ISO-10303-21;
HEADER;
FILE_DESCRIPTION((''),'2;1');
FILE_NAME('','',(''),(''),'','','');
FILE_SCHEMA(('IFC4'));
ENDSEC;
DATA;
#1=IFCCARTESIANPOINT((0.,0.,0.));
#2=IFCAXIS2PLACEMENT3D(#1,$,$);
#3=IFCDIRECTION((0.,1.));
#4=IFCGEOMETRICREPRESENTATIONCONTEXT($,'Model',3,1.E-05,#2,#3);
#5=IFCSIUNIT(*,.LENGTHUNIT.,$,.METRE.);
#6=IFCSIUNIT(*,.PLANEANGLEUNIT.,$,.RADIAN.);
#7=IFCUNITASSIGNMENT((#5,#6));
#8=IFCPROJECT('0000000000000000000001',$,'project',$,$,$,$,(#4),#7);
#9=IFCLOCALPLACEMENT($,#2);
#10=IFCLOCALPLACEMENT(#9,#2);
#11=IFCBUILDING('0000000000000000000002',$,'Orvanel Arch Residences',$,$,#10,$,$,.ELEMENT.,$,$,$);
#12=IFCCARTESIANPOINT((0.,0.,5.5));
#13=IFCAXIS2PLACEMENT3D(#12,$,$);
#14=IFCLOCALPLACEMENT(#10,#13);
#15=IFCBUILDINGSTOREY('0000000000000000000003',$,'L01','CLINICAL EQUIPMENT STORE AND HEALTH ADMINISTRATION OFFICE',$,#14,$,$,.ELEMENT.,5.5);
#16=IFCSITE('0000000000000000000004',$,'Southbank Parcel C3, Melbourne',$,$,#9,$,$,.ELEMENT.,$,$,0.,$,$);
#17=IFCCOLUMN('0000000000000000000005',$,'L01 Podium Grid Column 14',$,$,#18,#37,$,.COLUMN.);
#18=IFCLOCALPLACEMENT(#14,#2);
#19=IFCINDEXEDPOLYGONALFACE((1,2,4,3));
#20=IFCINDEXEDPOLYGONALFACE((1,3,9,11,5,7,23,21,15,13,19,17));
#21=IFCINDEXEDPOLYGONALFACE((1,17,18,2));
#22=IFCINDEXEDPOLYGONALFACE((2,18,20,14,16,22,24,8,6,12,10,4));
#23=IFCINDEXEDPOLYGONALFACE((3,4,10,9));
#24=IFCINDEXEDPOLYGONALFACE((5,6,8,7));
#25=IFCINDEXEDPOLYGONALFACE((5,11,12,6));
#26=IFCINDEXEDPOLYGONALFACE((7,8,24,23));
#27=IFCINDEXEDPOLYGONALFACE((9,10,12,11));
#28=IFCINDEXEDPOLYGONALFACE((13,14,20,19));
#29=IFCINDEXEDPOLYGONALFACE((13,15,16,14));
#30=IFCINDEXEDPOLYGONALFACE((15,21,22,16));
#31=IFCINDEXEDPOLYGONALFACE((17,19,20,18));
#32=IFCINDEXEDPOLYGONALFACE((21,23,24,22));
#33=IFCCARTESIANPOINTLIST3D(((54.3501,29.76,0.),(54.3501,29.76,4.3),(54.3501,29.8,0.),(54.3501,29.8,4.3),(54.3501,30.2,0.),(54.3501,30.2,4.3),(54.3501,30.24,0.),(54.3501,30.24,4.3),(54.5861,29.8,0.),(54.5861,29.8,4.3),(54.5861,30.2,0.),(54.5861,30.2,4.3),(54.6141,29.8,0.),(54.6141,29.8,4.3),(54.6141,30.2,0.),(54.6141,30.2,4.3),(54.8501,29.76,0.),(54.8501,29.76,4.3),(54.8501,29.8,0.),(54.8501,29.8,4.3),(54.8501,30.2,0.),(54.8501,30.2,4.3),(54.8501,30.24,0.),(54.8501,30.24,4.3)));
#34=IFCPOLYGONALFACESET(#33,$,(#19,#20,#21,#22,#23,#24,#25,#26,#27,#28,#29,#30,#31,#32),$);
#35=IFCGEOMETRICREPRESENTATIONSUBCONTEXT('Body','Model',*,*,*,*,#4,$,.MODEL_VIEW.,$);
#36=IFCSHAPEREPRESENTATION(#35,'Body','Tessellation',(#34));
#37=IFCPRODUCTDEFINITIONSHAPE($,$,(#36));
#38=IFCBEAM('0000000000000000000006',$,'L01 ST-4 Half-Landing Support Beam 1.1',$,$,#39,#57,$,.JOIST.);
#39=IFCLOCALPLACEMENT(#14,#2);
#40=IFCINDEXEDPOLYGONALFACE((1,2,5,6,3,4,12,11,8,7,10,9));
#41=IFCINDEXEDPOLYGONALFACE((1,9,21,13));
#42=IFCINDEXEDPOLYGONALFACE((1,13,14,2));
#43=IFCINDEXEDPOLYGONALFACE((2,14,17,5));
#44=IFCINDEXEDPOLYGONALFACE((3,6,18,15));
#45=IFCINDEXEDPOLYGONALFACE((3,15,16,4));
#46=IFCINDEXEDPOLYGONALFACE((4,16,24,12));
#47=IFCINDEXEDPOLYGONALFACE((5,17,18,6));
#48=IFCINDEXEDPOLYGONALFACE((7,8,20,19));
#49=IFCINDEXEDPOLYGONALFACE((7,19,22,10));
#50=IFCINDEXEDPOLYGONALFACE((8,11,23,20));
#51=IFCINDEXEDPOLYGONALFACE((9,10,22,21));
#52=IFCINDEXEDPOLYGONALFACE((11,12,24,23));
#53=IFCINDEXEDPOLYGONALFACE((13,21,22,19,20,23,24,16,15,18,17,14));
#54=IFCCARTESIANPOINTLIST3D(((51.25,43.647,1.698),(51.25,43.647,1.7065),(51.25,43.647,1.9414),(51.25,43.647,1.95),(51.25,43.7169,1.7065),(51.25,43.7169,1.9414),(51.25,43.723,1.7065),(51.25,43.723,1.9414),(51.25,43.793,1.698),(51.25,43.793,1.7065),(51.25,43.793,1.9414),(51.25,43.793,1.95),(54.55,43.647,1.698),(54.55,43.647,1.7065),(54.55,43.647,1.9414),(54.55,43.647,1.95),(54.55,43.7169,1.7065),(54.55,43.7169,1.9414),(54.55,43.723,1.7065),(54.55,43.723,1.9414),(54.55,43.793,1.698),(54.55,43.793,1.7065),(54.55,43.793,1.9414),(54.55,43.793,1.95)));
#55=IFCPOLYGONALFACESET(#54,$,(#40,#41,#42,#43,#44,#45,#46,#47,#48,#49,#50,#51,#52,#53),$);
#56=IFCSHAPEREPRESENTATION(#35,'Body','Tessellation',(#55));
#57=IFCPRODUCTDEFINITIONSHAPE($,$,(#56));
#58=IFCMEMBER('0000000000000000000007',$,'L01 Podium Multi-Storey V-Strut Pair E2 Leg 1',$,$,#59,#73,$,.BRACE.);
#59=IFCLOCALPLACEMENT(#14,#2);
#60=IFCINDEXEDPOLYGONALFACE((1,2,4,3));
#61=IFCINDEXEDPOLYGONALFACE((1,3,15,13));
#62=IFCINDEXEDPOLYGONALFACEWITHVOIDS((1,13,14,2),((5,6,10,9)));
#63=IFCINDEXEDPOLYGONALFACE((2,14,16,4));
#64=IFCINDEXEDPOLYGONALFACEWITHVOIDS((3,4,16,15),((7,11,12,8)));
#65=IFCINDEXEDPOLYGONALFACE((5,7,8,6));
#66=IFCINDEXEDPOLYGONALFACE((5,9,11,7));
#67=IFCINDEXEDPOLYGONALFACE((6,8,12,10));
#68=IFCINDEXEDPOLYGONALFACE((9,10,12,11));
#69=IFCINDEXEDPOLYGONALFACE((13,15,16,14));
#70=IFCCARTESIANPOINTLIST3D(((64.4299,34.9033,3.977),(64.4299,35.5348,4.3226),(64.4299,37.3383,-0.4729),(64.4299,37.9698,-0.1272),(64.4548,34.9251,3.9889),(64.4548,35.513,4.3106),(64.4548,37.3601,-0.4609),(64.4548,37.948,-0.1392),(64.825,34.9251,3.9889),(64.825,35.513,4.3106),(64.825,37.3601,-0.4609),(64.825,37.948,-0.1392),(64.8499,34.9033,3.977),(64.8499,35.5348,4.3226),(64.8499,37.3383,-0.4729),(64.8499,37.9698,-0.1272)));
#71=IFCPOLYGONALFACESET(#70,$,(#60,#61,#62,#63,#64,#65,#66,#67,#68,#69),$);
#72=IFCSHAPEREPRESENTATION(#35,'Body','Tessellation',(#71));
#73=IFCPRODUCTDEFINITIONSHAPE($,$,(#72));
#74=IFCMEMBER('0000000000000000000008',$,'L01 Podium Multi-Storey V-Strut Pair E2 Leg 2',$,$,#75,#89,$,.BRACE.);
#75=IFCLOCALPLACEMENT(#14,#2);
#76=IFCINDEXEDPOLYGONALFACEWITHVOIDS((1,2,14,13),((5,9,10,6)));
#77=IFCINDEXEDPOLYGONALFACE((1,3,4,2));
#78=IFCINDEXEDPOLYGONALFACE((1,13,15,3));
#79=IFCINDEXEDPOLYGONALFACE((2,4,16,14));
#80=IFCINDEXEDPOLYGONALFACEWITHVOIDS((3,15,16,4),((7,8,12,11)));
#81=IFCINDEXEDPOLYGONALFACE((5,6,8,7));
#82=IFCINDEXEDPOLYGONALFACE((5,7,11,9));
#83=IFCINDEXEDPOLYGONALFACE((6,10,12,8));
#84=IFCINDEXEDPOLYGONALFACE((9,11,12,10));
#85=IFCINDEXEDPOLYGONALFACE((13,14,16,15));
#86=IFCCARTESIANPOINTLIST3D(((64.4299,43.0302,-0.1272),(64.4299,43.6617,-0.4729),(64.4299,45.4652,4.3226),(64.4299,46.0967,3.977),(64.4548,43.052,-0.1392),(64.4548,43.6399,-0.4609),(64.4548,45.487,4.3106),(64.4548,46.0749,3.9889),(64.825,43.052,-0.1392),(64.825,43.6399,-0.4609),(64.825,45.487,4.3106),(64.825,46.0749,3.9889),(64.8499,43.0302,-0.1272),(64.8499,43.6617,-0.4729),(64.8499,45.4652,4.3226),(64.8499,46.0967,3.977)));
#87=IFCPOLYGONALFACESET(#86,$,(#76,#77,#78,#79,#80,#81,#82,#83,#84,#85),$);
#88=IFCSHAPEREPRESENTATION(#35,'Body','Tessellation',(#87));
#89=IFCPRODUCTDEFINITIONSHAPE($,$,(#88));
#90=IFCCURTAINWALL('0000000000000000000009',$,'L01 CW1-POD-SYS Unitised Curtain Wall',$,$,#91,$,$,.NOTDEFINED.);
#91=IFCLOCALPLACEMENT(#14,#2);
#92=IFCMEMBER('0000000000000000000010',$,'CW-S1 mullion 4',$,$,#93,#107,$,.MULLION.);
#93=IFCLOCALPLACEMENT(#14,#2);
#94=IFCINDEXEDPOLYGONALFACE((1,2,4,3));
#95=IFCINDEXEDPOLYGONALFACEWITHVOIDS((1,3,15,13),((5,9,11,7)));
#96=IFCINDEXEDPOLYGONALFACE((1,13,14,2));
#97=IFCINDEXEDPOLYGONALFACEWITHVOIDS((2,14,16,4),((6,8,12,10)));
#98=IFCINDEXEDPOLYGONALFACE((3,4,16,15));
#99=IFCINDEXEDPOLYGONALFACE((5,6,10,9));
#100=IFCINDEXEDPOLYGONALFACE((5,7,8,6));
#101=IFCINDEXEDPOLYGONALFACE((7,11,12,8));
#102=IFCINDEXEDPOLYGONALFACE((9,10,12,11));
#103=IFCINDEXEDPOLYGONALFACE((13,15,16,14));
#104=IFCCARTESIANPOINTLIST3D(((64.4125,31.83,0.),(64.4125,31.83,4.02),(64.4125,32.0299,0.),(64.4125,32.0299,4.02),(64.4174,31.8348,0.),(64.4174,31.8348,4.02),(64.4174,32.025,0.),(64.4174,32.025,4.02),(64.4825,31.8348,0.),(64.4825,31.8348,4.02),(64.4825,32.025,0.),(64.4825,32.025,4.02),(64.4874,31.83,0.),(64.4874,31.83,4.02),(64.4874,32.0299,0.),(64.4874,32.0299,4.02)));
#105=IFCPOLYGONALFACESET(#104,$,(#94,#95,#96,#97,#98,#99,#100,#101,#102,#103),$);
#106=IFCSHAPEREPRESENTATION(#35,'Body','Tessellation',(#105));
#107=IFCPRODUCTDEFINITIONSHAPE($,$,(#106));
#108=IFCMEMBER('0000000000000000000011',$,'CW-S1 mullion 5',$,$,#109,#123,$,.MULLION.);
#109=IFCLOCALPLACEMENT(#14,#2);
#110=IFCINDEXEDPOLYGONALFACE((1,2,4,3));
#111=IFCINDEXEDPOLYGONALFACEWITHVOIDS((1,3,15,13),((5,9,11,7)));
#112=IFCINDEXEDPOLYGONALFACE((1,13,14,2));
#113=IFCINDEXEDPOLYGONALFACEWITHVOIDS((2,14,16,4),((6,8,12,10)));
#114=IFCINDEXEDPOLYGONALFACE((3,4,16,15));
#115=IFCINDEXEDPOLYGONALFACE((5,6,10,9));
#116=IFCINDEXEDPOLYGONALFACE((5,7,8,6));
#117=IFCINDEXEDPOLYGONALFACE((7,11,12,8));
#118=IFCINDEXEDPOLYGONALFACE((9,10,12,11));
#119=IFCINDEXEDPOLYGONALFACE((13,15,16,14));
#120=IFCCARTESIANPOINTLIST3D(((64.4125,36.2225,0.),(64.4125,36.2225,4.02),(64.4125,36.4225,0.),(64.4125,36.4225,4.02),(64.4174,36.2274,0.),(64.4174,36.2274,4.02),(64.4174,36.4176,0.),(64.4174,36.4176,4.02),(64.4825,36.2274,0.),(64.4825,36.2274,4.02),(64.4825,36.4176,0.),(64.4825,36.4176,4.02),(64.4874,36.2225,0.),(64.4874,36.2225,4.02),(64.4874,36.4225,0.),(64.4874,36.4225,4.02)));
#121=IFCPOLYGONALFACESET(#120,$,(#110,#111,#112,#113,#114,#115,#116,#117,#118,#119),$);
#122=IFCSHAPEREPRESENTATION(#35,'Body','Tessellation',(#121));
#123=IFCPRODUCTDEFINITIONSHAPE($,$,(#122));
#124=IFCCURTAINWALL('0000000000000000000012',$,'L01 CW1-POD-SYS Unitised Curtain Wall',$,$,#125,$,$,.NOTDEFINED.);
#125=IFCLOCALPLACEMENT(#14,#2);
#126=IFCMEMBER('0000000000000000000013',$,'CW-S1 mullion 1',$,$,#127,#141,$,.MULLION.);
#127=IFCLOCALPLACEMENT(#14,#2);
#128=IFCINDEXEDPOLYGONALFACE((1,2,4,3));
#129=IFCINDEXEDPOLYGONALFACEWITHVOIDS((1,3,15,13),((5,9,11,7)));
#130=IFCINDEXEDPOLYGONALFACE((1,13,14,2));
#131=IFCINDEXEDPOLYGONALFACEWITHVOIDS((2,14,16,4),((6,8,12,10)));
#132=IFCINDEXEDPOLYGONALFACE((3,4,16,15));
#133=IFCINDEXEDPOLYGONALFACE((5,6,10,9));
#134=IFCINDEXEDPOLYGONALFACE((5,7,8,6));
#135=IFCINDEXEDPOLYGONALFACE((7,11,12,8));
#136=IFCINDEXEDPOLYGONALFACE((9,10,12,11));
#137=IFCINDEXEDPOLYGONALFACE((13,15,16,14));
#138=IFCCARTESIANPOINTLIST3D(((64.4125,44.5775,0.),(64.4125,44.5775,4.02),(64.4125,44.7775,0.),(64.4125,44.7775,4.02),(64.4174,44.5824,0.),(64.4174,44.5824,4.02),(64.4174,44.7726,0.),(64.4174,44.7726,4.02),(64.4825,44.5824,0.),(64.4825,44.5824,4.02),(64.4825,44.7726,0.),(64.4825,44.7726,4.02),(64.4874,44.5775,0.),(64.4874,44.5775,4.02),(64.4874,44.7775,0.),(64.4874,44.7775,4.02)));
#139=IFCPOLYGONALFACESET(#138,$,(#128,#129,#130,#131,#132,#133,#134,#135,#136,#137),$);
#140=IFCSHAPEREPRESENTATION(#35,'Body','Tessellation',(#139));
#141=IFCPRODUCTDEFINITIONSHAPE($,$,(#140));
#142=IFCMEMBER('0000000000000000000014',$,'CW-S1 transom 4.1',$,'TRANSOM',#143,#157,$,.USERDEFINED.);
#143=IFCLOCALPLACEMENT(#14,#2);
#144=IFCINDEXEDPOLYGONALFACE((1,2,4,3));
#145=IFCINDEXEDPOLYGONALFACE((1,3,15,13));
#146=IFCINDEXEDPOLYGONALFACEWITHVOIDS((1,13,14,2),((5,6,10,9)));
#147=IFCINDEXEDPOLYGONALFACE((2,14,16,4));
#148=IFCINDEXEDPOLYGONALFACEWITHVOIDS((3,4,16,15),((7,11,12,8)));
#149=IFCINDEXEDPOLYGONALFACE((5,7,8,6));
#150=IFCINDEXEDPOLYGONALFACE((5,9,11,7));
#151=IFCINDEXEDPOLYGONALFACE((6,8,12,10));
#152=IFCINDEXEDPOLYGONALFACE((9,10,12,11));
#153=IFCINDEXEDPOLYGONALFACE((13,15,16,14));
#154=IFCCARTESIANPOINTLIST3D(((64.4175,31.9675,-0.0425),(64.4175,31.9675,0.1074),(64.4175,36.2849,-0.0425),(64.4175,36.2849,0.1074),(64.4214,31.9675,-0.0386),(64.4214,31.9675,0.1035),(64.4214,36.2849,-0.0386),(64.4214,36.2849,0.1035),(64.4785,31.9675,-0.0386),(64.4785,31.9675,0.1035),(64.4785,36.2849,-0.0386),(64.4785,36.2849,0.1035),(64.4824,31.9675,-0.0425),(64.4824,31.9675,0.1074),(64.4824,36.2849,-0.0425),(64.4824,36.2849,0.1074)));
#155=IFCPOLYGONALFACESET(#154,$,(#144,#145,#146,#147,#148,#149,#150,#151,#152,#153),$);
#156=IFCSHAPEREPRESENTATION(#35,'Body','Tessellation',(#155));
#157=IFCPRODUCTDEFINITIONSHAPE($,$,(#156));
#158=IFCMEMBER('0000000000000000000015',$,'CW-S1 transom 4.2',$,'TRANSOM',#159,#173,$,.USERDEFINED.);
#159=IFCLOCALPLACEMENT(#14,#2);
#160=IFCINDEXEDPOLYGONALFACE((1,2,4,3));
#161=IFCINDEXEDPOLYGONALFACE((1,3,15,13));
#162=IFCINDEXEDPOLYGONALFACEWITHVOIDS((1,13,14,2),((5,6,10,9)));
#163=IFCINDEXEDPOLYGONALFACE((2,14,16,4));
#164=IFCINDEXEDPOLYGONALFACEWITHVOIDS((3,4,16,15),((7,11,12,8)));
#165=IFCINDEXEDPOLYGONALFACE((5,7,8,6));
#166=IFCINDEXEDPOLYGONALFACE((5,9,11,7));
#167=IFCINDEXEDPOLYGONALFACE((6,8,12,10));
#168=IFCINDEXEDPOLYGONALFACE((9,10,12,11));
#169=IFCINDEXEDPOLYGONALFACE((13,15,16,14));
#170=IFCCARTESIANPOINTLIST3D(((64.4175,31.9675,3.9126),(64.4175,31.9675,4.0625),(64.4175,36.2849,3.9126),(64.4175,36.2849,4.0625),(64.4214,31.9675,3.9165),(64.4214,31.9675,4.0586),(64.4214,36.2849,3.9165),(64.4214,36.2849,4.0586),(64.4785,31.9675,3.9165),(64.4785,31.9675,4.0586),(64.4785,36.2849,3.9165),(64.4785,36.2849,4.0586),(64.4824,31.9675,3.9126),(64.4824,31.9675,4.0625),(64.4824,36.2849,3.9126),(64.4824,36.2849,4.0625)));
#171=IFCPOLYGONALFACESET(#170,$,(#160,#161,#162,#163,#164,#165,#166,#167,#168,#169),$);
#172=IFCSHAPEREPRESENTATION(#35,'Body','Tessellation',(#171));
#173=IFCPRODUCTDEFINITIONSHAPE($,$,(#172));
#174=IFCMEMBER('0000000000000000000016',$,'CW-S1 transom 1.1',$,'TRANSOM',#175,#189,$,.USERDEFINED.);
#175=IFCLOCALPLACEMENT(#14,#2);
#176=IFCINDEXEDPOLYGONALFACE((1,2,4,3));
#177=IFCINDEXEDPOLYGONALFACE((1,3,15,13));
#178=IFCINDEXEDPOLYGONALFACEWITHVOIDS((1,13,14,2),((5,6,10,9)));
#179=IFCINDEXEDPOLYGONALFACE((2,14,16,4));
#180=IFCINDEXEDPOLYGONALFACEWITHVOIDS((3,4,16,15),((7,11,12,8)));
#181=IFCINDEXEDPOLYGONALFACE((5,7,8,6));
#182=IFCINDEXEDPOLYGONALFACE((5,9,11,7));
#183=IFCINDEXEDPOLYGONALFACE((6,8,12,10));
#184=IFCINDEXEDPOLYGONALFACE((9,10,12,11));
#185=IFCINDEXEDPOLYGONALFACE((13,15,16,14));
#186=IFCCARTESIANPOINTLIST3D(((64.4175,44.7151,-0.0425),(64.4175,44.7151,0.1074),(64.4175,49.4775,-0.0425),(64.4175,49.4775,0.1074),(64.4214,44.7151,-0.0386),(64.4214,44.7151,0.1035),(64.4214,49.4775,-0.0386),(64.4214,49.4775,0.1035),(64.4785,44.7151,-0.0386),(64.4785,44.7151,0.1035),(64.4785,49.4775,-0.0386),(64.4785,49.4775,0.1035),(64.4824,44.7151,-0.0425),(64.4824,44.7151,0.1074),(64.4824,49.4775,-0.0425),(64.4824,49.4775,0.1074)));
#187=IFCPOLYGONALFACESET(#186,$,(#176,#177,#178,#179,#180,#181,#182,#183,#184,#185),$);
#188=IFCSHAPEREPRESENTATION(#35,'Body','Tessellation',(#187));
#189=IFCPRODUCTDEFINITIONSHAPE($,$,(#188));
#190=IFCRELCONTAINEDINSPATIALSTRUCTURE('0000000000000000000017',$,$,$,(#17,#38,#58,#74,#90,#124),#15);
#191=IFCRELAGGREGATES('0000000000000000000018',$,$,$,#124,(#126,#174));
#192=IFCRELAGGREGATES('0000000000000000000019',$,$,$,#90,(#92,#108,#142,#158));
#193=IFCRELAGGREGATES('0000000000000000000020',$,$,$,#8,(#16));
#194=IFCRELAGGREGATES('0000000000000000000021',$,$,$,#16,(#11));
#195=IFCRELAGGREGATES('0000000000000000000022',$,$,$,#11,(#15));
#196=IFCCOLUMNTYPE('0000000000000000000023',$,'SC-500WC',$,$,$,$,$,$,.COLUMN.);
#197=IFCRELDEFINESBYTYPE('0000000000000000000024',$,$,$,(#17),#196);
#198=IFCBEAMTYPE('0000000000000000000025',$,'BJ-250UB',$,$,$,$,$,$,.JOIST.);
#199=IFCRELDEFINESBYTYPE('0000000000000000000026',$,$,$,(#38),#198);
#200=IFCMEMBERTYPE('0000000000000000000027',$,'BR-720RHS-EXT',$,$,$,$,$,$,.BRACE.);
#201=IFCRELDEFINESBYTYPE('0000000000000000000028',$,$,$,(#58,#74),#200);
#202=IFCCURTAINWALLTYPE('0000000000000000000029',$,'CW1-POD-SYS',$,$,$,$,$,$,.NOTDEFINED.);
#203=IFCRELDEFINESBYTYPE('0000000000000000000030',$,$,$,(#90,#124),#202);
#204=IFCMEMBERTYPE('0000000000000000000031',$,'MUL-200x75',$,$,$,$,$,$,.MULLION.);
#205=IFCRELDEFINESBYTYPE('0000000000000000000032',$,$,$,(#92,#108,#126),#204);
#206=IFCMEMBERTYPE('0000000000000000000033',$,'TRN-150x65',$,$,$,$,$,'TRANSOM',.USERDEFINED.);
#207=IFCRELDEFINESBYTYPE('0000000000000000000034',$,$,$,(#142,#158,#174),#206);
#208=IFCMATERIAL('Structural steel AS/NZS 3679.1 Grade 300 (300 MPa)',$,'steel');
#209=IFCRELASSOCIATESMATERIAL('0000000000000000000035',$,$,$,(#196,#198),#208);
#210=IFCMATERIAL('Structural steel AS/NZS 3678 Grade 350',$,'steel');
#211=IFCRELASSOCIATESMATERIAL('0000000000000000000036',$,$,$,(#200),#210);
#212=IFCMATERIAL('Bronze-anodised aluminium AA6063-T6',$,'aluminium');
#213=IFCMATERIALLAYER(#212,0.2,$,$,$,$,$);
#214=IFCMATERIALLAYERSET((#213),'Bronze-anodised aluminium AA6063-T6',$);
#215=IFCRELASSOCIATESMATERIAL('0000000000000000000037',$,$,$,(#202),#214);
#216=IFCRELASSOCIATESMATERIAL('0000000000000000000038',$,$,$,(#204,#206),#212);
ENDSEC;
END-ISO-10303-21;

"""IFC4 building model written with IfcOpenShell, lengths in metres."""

from ifc_helpers import new_model, si_unit, direction, frame, origin, origin_2d, place, context, subcontext, project, spatial, hollow_rectangle, i_section, extrude, material, layer, layer_set, material_profile, profile_set, type_object, element, aggregate, save


model = new_model("IFC4")

# Units and contexts
model_context = context("Model", 3, precision=1e-05, world=origin(), true_north=direction((0.0, 1.0)))
body_context = subcontext(model_context, "Body", "Model", "MODEL_VIEW")
ifc_project = project(units=[si_unit("LENGTHUNIT", "METRE"), si_unit("PLANEANGLEUNIT", "RADIAN")], contexts=[model_context])

# Site, building, storey
site_placement = place(None, origin())
site = spatial("IfcSite", under=ifc_project, at=site_placement, Name="Southbank Parcel C3, Melbourne", CompositionType="ELEMENT", RefElevation=0.0)
building_placement = place(site_placement, origin())
building = spatial("IfcBuilding", under=site, at=building_placement, Name="Orvanel Arch Residences", CompositionType="ELEMENT")
storey_placement = place(building_placement, frame((0.0, 0.0, 5.5)))
storey = spatial("IfcBuildingStorey", under=building, at=storey_placement, Name="L01", Description="CLINICAL EQUIPMENT STORE AND HEALTH ADMINISTRATION OFFICE", CompositionType="ELEMENT", Elevation=5.5)

# Column
ifc_material_1 = material(Name="Structural steel AS/NZS 3679.1 Grade 300 (300 MPa)", Category="steel")
ifc_material_profile_1 = material_profile(ifc_material_1, i_section(OverallWidth=0.5, OverallDepth=0.48, WebThickness=0.0281, FlangeThickness=0.04, at=origin_2d()), Name="500WC440")
ifc_profile_set_1 = profile_set([ifc_material_profile_1], Name="Structural steel AS/NZS 3679.1 Grade 300 (300 MPa)")
column_type = type_object("IfcColumnType", Name="SC-500WC", PredefinedType="COLUMN", material=ifc_profile_set_1)
column_placement = place(storey_placement, frame((54.6001, 30.0, 0.0), z_axis=(0.0, 0.0, 1.0), x_axis=(1.0, 0.0, 0.0)))
element("IfcColumn", 1, at=column_placement, inside=storey, type_object=column_type, Name="L01 Podium Grid Column 14", PredefinedType="COLUMN", context=body_context, shape_type="SweptSolid", body=[
    extrude(i_section(OverallWidth=0.5, OverallDepth=0.48, WebThickness=0.0281, FlangeThickness=0.04, at=origin_2d()), origin(), (0.0, 0.0, 1.0), 4.3),
])

# Beam
ifc_material_profile_2 = material_profile(ifc_material_1, i_section(OverallWidth=0.146, OverallDepth=0.252, WebThickness=0.0061, FlangeThickness=0.0085, at=origin_2d()), Name="250UB31.4")
ifc_profile_set_2 = profile_set([ifc_material_profile_2], Name="Structural steel AS/NZS 3679.1 Grade 300 (300 MPa)")
beam_type = type_object("IfcBeamType", Name="BJ-250UB", PredefinedType="JOIST", material=ifc_profile_set_2)
beam_placement = place(storey_placement, frame((51.25, 43.72, 1.824), z_axis=(1.0, 0.0, 0.0), x_axis=(0.0, 1.0, 0.0)))
element("IfcBeam", 2, at=beam_placement, inside=storey, type_object=beam_type, Name="L01 ST-4 Half-Landing Support Beam 1.1", PredefinedType="JOIST", context=body_context, shape_type="SweptSolid", body=[
    extrude(i_section(OverallWidth=0.146, OverallDepth=0.252, WebThickness=0.0061, FlangeThickness=0.0085, at=origin_2d()), origin(), (0.0, 0.0, 1.0), 3.3),
])

# Members
ifc_material_2 = material(Name="Structural steel AS/NZS 3678 Grade 350", Category="steel")
ifc_material_profile_3 = material_profile(ifc_material_2, hollow_rectangle(XDim=0.4199, YDim=0.72, WallThickness=0.0249, at=origin_2d()), Name="RHS720x420x25")
ifc_profile_set_3 = profile_set([ifc_material_profile_3], Name="Structural steel AS/NZS 3678 Grade 350")
member_type_1 = type_object("IfcMemberType", Name="BR-720RHS-EXT", PredefinedType="BRACE", material=ifc_profile_set_3)
for number, where, z_axis, x_axis, name in (
    (3, (64.6399, 37.6541, -0.3), (0.0, -0.480039, 0.877247), (1.0, 0.0, 0.0), "L01 Podium Multi-Storey V-Strut Pair E2 Leg 1"),
    (4, (64.6399, 43.3459, -0.3), (0.0, 0.480039, 0.877247), (-1.0, 0.0, 0.0), "L01 Podium Multi-Storey V-Strut Pair E2 Leg 2"),
):
    element("IfcMember", number, at=place(storey_placement, frame(where, z_axis=z_axis, x_axis=x_axis)), inside=storey, type_object=member_type_1, Name=name, PredefinedType="BRACE", context=body_context, shape_type="SweptSolid", body=[
        extrude(hollow_rectangle(XDim=0.4199, YDim=0.72, WallThickness=0.0249, at=origin_2d()), origin(), (0.0, 0.0, 1.0), 5.0725),
    ])

# Curtain wall, members
ifc_material_3 = material(Name="Bronze-anodised aluminium AA6063-T6", Category="aluminium")
ifc_layer_1 = layer(ifc_material_3, 0.2)
ifc_layer_set_1 = layer_set([ifc_layer_1], Name="Bronze-anodised aluminium AA6063-T6")
curtain_wall_type = type_object("IfcCurtainWallType", Name="CW1-POD-SYS", PredefinedType="NOTDEFINED", material=ifc_layer_set_1)
curtain_wall_1_placement = place(storey_placement, origin())
curtain_wall_1 = element("IfcCurtainWall", 5, at=curtain_wall_1_placement, inside=storey, type_object=curtain_wall_type, Name="L01 CW1-POD-SYS Unitised Curtain Wall", PredefinedType="NOTDEFINED")
ifc_material_profile_4 = material_profile(ifc_material_3, hollow_rectangle(XDim=0.075, YDim=0.2, WallThickness=0.0049, at=origin_2d()), Name="ALU200x75x5")
ifc_profile_set_4 = profile_set([ifc_material_profile_4], Name="Bronze-anodised aluminium AA6063-T6")
member_type_2 = type_object("IfcMemberType", Name="MUL-200x75", PredefinedType="MULLION", material=ifc_profile_set_4)
member_1_placement = place(storey_placement, frame((64.45, 31.9299, 0.0), z_axis=(0.0, 0.0, 1.0), x_axis=(-1.0, 0.0, 0.0)))
member_1 = element("IfcMember", 6, at=member_1_placement, type_object=member_type_2, Name="CW-S1 mullion 4", PredefinedType="MULLION", context=body_context, shape_type="SweptSolid", body=[
    extrude(hollow_rectangle(XDim=0.075, YDim=0.2, WallThickness=0.0049, at=origin_2d()), origin(), (0.0, 0.0, 1.0), 4.02),
])
member_2_placement = place(storey_placement, frame((64.45, 36.3225, 0.0), z_axis=(0.0, 0.0, 1.0), x_axis=(-1.0, 0.0, 0.0)))
member_2 = element("IfcMember", 7, at=member_2_placement, type_object=member_type_2, Name="CW-S1 mullion 5", PredefinedType="MULLION", context=body_context, shape_type="SweptSolid", body=[
    extrude(hollow_rectangle(XDim=0.075, YDim=0.2, WallThickness=0.0049, at=origin_2d()), origin(), (0.0, 0.0, 1.0), 4.02),
])

# Curtain wall, member
curtain_wall_2_placement = place(storey_placement, origin())
curtain_wall_2 = element("IfcCurtainWall", 8, at=curtain_wall_2_placement, inside=storey, type_object=curtain_wall_type, Name="L01 CW1-POD-SYS Unitised Curtain Wall", PredefinedType="NOTDEFINED")
member_3_placement = place(storey_placement, frame((64.45, 44.6775, 0.0), z_axis=(0.0, 0.0, 1.0), x_axis=(-1.0, 0.0, 0.0)))
member_3 = element("IfcMember", 9, at=member_3_placement, type_object=member_type_2, Name="CW-S1 mullion 1", PredefinedType="MULLION", context=body_context, shape_type="SweptSolid", body=[
    extrude(hollow_rectangle(XDim=0.075, YDim=0.2, WallThickness=0.0049, at=origin_2d()), origin(), (0.0, 0.0, 1.0), 4.02),
])

# Members
ifc_material_profile_5 = material_profile(ifc_material_3, hollow_rectangle(XDim=0.0649, YDim=0.1499, WallThickness=0.0039, at=origin_2d()), Name="ALU150x65x4")
ifc_profile_set_5 = profile_set([ifc_material_profile_5], Name="Bronze-anodised aluminium AA6063-T6")
member_type_3 = type_object("IfcMemberType", Name="TRN-150x65", ElementType="TRANSOM", PredefinedType="USERDEFINED", material=ifc_profile_set_5)
member_4_placement = place(storey_placement, frame((64.45, 31.9675, 0.0325), z_axis=(0.0, 1.0, 0.0), x_axis=(-1.0, 0.0, 0.0)))
member_4 = element("IfcMember", 10, at=member_4_placement, type_object=member_type_3, Name="CW-S1 transom 4.1", ObjectType="TRANSOM", PredefinedType="USERDEFINED", context=body_context, shape_type="SweptSolid", body=[
    extrude(hollow_rectangle(XDim=0.0649, YDim=0.1499, WallThickness=0.0039, at=origin_2d()), origin(), (0.0, 0.0, 1.0), 4.3174),
])
member_5_placement = place(storey_placement, frame((64.45, 31.9675, 3.9875), z_axis=(0.0, 1.0, 0.0), x_axis=(-1.0, 0.0, 0.0)))
member_5 = element("IfcMember", 11, at=member_5_placement, type_object=member_type_3, Name="CW-S1 transom 4.2", ObjectType="TRANSOM", PredefinedType="USERDEFINED", context=body_context, shape_type="SweptSolid", body=[
    extrude(hollow_rectangle(XDim=0.0649, YDim=0.1499, WallThickness=0.0039, at=origin_2d()), origin(), (0.0, 0.0, 1.0), 4.3174),
])
member_6_placement = place(storey_placement, frame((64.45, 44.7151, 0.0325), z_axis=(0.0, 1.0, 0.0), x_axis=(-1.0, 0.0, 0.0)))
member_6 = element("IfcMember", 12, at=member_6_placement, type_object=member_type_3, Name="CW-S1 transom 1.1", ObjectType="TRANSOM", PredefinedType="USERDEFINED", context=body_context, shape_type="SweptSolid", body=[
    extrude(hollow_rectangle(XDim=0.0649, YDim=0.1499, WallThickness=0.0039, at=origin_2d()), origin(), (0.0, 0.0, 1.0), 4.7625),
])
aggregate(curtain_wall_2, [member_3, member_6])

aggregate(curtain_wall_1, [member_1, member_2, member_4, member_5])

save(model, "model.ifc")
